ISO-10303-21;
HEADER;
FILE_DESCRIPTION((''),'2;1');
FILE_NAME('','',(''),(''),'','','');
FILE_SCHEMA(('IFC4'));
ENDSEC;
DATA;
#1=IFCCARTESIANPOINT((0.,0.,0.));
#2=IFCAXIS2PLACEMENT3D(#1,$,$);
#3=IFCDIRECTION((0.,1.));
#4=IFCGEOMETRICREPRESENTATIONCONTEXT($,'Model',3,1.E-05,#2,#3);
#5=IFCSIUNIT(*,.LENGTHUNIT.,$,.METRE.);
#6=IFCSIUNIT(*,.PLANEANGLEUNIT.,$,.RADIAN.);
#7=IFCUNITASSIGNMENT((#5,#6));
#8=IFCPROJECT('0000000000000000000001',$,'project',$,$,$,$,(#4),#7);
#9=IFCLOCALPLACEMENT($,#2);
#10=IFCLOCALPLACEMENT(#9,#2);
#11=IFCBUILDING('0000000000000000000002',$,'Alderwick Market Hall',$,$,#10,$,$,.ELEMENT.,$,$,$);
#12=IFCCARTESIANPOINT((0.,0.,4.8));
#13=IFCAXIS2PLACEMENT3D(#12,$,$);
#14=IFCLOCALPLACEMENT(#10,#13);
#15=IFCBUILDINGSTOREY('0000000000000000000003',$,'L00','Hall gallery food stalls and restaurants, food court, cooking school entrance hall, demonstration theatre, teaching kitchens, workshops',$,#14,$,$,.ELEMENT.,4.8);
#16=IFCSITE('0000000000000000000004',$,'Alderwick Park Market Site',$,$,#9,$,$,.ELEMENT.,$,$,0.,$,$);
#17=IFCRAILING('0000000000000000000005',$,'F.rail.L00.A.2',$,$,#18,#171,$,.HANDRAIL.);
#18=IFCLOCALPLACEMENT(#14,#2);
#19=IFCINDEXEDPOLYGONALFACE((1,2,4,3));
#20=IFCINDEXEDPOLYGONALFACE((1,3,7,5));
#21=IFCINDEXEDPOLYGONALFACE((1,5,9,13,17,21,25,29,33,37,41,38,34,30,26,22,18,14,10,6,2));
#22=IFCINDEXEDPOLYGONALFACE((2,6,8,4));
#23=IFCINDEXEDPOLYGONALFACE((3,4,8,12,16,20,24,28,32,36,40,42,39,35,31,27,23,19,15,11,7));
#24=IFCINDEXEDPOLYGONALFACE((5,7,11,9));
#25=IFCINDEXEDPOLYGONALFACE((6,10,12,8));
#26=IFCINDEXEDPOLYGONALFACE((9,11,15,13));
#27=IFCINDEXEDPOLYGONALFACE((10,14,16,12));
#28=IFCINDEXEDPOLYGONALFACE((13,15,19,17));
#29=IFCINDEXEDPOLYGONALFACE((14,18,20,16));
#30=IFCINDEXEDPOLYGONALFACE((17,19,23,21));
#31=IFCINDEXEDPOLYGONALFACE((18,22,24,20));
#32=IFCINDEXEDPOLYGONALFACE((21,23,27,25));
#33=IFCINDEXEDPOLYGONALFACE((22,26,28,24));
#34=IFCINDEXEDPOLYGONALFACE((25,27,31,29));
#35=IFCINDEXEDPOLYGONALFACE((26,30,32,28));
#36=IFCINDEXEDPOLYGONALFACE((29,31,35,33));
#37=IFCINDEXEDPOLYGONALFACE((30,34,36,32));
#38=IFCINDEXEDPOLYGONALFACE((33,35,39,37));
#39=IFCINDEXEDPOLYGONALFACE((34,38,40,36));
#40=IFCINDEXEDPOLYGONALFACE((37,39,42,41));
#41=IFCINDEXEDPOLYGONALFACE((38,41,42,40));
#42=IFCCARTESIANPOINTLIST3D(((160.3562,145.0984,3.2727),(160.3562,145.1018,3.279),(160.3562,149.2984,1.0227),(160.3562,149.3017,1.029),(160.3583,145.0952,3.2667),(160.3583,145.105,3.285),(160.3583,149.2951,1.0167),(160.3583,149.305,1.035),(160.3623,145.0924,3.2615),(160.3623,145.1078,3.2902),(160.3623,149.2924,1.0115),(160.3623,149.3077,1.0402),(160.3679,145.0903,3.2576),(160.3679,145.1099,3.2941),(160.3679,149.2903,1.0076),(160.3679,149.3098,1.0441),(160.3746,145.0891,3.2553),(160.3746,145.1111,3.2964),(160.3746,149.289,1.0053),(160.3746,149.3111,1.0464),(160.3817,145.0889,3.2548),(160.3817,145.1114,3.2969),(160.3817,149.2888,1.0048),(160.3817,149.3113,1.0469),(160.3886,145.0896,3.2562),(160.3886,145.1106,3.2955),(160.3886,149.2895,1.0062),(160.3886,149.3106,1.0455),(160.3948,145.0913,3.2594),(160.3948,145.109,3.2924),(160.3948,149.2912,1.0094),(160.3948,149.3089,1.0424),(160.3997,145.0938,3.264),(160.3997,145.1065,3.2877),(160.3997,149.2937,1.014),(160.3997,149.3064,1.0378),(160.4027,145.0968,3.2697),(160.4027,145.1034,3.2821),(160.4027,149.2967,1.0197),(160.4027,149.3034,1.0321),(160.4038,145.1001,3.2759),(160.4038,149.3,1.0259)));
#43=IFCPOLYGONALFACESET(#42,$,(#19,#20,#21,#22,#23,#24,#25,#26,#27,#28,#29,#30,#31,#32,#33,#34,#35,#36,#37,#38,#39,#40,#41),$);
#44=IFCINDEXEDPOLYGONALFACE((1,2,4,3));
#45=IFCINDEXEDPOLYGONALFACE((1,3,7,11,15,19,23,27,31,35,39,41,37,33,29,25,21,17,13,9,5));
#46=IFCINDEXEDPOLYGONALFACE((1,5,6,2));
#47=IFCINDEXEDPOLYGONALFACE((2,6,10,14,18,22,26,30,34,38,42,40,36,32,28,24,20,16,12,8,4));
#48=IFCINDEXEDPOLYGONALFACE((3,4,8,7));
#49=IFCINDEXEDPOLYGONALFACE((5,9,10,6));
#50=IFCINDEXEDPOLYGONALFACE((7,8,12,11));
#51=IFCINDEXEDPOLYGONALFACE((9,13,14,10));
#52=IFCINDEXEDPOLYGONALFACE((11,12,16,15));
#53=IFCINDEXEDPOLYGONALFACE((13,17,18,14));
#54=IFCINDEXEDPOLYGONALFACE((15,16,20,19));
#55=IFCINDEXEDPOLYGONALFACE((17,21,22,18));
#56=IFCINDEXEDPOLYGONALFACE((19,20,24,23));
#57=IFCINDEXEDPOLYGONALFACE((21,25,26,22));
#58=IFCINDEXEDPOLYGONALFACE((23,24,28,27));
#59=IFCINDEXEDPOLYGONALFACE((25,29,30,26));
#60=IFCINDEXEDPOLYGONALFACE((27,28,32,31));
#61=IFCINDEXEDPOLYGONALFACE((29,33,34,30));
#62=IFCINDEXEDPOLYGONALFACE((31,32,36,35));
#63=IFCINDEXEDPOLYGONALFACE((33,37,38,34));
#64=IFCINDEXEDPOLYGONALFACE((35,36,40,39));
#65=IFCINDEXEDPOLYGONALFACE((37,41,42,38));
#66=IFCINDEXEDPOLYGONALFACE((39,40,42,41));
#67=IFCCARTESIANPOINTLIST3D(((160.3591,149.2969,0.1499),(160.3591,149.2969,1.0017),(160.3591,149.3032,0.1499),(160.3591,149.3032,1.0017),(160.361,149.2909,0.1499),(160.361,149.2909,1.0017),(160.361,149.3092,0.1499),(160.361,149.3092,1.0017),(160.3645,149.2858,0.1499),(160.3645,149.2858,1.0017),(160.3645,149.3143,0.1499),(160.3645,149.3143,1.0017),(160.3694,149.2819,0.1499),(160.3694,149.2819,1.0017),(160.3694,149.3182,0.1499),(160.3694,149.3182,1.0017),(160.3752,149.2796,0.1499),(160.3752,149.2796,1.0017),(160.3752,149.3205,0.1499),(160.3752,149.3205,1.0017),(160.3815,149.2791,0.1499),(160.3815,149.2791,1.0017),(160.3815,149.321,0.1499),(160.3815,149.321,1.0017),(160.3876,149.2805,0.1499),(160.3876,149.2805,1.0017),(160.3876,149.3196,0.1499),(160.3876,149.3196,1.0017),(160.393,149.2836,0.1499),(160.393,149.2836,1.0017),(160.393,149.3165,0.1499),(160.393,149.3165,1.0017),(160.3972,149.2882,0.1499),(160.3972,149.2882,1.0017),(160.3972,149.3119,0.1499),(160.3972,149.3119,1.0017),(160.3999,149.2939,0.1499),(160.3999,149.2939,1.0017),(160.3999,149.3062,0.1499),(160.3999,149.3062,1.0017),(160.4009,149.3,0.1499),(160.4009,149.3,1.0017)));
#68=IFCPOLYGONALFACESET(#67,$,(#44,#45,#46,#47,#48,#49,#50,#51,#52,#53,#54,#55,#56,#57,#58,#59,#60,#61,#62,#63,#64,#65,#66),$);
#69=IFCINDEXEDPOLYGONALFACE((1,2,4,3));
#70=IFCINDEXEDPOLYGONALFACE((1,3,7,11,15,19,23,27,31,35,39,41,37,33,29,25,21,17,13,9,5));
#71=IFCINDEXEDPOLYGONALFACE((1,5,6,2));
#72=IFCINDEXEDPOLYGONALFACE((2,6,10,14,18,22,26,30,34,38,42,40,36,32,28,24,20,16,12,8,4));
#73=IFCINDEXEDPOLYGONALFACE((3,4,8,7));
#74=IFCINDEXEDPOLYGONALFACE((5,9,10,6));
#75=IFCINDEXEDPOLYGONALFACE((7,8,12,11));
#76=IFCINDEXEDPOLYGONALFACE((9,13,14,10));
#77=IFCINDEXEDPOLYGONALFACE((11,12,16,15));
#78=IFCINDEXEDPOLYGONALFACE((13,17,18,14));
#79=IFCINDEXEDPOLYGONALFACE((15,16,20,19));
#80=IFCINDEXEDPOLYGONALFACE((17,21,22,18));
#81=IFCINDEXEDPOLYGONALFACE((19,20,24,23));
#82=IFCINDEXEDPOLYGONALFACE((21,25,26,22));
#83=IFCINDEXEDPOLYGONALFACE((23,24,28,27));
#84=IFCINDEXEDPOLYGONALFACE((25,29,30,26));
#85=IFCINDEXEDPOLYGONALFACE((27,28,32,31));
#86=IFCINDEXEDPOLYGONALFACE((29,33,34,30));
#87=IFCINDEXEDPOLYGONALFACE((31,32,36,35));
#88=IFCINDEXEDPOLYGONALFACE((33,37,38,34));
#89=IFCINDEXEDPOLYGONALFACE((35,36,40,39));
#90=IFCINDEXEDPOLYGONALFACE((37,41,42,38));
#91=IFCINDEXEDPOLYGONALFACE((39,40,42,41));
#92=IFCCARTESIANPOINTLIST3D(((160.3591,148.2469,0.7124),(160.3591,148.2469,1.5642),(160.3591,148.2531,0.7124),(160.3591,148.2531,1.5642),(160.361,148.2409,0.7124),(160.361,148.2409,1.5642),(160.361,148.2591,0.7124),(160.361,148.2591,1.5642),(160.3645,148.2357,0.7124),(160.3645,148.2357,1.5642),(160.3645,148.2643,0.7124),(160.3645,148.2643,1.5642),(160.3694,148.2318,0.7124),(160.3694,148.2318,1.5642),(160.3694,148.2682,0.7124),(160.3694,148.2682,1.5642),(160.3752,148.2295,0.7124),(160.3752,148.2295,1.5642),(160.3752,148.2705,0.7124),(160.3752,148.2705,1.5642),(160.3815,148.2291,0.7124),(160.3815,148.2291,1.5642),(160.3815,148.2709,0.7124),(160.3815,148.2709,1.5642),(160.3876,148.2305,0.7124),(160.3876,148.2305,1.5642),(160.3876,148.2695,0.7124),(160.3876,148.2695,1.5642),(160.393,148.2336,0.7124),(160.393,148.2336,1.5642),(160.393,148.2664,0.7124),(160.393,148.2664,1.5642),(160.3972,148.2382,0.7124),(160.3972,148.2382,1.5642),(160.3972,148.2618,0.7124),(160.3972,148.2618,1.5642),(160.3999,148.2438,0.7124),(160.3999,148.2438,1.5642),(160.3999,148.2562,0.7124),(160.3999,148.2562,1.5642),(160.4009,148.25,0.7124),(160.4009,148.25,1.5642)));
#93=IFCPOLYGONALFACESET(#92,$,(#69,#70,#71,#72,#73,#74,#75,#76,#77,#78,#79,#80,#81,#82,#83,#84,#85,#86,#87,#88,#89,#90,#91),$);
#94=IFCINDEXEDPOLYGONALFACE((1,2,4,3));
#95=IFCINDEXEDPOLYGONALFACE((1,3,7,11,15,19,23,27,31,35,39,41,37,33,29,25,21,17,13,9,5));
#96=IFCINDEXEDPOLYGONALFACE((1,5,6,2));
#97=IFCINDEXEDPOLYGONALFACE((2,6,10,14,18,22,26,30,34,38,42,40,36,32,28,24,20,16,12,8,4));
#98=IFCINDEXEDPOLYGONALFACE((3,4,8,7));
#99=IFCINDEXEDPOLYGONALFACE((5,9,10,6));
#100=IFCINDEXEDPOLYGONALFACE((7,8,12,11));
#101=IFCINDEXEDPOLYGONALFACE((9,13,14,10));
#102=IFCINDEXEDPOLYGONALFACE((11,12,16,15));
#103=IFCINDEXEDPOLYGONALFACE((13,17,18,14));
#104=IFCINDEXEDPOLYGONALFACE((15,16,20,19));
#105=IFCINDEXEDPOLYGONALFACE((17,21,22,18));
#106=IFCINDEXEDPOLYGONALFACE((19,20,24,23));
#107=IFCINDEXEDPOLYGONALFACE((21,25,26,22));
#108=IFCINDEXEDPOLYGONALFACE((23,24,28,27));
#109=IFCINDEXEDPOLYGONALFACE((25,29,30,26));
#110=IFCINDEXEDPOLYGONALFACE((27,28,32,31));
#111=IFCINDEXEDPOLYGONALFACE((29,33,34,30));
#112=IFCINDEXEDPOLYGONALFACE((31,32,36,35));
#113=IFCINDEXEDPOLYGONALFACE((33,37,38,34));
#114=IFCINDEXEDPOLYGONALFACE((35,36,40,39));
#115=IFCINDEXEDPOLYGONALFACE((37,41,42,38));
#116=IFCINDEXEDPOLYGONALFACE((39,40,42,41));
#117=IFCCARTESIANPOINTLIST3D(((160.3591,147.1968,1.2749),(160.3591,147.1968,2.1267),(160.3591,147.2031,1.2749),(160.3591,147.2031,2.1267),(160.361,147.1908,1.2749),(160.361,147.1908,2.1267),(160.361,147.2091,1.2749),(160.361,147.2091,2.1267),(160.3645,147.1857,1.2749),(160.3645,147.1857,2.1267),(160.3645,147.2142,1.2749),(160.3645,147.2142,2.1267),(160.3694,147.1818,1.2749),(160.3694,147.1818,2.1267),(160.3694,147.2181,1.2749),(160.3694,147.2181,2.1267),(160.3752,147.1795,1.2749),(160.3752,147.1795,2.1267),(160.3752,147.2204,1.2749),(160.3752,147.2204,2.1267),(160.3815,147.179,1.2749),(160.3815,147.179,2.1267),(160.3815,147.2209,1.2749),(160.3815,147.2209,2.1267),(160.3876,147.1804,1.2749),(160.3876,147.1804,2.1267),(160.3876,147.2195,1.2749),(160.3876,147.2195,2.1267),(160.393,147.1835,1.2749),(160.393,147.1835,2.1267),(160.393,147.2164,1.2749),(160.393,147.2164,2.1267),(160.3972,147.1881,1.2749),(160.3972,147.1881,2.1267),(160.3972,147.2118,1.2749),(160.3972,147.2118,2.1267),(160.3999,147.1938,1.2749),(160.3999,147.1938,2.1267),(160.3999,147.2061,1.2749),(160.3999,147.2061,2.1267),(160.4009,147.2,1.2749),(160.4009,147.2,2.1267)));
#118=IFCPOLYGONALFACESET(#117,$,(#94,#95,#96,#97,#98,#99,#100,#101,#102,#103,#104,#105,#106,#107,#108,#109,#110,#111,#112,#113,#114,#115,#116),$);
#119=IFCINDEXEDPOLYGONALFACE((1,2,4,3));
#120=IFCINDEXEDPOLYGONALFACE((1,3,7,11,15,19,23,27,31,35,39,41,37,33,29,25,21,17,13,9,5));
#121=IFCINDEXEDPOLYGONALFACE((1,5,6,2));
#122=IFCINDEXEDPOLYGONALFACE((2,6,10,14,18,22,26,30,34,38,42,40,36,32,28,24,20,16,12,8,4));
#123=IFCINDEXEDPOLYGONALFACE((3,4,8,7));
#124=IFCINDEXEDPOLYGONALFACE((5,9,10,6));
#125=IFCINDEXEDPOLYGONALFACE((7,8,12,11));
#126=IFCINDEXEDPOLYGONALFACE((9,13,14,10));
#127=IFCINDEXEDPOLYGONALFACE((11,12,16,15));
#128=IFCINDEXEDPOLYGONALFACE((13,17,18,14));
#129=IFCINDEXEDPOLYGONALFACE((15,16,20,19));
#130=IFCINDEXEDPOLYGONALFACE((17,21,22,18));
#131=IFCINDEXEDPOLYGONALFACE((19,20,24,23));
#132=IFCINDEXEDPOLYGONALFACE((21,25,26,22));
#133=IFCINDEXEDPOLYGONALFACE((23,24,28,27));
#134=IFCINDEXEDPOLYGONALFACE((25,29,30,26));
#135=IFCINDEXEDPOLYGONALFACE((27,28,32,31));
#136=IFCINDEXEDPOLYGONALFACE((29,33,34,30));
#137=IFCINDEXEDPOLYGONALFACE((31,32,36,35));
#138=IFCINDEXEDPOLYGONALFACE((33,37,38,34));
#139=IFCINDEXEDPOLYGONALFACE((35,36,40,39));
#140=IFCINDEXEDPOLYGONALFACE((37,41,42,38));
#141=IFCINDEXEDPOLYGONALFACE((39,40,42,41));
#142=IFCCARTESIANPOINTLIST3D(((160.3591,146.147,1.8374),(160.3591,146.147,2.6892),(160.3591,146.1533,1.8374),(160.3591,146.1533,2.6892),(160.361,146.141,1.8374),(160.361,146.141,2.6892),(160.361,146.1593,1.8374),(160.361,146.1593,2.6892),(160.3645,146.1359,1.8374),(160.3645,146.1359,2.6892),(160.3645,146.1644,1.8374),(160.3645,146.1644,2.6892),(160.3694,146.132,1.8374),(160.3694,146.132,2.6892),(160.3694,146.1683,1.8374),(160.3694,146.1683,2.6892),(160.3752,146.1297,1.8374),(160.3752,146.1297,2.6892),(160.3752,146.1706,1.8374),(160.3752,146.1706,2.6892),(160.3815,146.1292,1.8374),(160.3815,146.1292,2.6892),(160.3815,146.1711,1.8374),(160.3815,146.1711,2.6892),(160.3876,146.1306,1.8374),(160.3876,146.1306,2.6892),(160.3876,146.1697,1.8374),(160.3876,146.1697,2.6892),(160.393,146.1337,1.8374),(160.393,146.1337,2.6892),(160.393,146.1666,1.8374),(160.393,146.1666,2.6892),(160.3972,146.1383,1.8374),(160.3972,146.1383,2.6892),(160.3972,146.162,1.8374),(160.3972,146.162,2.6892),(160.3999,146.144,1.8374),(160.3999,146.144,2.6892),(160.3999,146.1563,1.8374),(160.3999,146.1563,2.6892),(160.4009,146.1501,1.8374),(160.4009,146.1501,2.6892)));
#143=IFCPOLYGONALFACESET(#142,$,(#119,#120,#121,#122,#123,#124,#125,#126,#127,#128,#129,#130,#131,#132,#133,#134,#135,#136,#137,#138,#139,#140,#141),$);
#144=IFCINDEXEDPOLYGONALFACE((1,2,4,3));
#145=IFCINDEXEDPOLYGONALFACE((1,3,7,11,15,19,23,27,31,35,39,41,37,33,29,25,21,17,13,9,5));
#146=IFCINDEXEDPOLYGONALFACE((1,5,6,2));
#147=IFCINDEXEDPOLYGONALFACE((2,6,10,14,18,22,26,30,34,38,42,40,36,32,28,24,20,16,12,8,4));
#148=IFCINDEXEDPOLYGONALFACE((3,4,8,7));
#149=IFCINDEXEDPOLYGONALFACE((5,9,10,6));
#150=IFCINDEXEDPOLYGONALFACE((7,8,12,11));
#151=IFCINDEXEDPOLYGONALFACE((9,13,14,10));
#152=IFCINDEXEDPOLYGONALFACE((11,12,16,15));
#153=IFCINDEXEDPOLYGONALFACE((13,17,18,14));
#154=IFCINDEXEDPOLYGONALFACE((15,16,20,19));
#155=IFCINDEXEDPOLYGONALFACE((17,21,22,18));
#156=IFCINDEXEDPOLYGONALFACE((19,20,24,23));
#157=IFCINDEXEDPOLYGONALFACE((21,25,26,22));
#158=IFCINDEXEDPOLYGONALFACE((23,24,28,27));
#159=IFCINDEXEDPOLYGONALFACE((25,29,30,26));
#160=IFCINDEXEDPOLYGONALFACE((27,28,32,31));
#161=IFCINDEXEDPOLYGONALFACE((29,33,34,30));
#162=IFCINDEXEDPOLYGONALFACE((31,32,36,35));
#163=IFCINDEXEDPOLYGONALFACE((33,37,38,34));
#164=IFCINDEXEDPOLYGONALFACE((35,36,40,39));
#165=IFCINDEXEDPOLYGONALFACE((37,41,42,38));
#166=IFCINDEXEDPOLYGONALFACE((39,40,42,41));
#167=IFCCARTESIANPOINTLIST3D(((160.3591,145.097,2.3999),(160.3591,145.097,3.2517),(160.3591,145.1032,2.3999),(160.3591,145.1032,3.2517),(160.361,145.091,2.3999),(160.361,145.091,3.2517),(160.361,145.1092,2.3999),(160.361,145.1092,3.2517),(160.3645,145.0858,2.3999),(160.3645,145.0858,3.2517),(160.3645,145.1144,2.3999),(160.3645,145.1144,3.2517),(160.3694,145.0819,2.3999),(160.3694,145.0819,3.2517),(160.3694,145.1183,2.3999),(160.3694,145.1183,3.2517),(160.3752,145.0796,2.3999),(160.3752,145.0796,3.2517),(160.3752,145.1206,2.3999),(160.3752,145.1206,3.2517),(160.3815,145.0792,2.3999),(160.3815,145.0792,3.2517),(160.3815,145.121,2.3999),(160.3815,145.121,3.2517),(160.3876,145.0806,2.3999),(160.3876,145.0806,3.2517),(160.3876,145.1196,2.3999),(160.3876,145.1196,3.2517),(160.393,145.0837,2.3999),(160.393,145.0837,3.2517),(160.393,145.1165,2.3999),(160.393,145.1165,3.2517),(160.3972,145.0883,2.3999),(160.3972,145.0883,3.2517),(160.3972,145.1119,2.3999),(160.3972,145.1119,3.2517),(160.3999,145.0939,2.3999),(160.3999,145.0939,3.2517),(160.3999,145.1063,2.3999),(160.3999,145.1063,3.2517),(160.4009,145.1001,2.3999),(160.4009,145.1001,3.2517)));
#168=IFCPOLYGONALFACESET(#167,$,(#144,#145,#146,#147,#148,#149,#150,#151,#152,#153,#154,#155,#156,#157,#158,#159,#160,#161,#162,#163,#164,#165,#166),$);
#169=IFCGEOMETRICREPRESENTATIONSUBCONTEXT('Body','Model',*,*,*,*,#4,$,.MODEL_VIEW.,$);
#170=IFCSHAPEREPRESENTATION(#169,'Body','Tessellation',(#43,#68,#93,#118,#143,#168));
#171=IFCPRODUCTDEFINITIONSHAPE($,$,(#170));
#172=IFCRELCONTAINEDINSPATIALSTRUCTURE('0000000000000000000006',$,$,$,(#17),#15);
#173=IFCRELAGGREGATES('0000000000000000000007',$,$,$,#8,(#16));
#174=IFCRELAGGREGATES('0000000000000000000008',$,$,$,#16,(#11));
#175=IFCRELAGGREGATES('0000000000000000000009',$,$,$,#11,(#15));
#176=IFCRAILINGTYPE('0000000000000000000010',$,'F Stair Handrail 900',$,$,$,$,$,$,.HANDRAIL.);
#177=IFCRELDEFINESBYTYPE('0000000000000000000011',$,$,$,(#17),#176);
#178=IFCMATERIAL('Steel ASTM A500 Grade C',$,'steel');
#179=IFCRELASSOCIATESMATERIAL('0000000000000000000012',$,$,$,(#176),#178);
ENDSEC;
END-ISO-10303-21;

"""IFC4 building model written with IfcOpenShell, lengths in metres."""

from ifc_helpers import new_model, si_unit, direction, frame, origin, origin_2d, place, context, subcontext, project, spatial, circle, extrude, material, type_object, element, save


model = new_model("IFC4")

# Units and contexts
model_context = context("Model", 3, precision=1e-05, world=origin(), true_north=direction((0.0, 1.0)))
body_context = subcontext(model_context, "Body", "Model", "MODEL_VIEW")
ifc_project = project(units=[si_unit("LENGTHUNIT", "METRE"), si_unit("PLANEANGLEUNIT", "RADIAN")], contexts=[model_context])

# Site, building, storey
site_placement = place(None, origin())
site = spatial("IfcSite", under=ifc_project, at=site_placement, Name="Alderwick Park Market Site", CompositionType="ELEMENT", RefElevation=0.0)
building_placement = place(site_placement, origin())
building = spatial("IfcBuilding", under=site, at=building_placement, Name="Alderwick Market Hall", CompositionType="ELEMENT")
storey_placement = place(building_placement, frame((0.0, 0.0, 4.8)))
storey = spatial("IfcBuildingStorey", under=building, at=storey_placement, Name="L00", Description="Hall gallery food stalls and restaurants, food court, cooking school entrance hall, demonstration theatre, teaching kitchens, workshops", CompositionType="ELEMENT", Elevation=4.8)

# Railing
ifc_material_1 = material(Name="Steel ASTM A500 Grade C", Category="steel")
railing_type_1 = type_object("IfcRailingType", Name="F Stair Handrail 900", PredefinedType="HANDRAIL", material=ifc_material_1)
for number, where, name in (
    (1, (160.3799, 149.3, 0.1499), "F.rail.L00.A.2"),
):
    element("IfcRailing", number, at=place(storey_placement, frame(where)), inside=storey, type_object=railing_type_1, Name=name, PredefinedType="HANDRAIL", context=body_context, shape_type="SweptSolid", body=[
        extrude(circle(Radius=0.0239, at=origin_2d()), frame((0.0, 0.0, 0.876), z_axis=(0.0, -0.881478, 0.472226), x_axis=(1.0, 0.0, 0.0)), (0.0, 0.0, 1.0), 4.7646),
        extrude(circle(Radius=0.021, at=origin_2d()), origin(), (0.0, 0.0, 1.0), 0.8518),
        extrude(circle(Radius=0.021, at=origin_2d()), frame((0.0, -1.05, 0.5625)), (0.0, 0.0, 1.0), 0.8518),
        extrude(circle(Radius=0.021, at=origin_2d()), frame((0.0, -2.1001, 1.125)), (0.0, 0.0, 1.0), 0.8518),
        extrude(circle(Radius=0.021, at=origin_2d()), frame((0.0, -3.1499, 1.6875)), (0.0, 0.0, 1.0), 0.8518),
        extrude(circle(Radius=0.021, at=origin_2d()), frame((0.0, -4.2, 2.25)), (0.0, 0.0, 1.0), 0.8518),
    ])

save(model, "model.ifc")
